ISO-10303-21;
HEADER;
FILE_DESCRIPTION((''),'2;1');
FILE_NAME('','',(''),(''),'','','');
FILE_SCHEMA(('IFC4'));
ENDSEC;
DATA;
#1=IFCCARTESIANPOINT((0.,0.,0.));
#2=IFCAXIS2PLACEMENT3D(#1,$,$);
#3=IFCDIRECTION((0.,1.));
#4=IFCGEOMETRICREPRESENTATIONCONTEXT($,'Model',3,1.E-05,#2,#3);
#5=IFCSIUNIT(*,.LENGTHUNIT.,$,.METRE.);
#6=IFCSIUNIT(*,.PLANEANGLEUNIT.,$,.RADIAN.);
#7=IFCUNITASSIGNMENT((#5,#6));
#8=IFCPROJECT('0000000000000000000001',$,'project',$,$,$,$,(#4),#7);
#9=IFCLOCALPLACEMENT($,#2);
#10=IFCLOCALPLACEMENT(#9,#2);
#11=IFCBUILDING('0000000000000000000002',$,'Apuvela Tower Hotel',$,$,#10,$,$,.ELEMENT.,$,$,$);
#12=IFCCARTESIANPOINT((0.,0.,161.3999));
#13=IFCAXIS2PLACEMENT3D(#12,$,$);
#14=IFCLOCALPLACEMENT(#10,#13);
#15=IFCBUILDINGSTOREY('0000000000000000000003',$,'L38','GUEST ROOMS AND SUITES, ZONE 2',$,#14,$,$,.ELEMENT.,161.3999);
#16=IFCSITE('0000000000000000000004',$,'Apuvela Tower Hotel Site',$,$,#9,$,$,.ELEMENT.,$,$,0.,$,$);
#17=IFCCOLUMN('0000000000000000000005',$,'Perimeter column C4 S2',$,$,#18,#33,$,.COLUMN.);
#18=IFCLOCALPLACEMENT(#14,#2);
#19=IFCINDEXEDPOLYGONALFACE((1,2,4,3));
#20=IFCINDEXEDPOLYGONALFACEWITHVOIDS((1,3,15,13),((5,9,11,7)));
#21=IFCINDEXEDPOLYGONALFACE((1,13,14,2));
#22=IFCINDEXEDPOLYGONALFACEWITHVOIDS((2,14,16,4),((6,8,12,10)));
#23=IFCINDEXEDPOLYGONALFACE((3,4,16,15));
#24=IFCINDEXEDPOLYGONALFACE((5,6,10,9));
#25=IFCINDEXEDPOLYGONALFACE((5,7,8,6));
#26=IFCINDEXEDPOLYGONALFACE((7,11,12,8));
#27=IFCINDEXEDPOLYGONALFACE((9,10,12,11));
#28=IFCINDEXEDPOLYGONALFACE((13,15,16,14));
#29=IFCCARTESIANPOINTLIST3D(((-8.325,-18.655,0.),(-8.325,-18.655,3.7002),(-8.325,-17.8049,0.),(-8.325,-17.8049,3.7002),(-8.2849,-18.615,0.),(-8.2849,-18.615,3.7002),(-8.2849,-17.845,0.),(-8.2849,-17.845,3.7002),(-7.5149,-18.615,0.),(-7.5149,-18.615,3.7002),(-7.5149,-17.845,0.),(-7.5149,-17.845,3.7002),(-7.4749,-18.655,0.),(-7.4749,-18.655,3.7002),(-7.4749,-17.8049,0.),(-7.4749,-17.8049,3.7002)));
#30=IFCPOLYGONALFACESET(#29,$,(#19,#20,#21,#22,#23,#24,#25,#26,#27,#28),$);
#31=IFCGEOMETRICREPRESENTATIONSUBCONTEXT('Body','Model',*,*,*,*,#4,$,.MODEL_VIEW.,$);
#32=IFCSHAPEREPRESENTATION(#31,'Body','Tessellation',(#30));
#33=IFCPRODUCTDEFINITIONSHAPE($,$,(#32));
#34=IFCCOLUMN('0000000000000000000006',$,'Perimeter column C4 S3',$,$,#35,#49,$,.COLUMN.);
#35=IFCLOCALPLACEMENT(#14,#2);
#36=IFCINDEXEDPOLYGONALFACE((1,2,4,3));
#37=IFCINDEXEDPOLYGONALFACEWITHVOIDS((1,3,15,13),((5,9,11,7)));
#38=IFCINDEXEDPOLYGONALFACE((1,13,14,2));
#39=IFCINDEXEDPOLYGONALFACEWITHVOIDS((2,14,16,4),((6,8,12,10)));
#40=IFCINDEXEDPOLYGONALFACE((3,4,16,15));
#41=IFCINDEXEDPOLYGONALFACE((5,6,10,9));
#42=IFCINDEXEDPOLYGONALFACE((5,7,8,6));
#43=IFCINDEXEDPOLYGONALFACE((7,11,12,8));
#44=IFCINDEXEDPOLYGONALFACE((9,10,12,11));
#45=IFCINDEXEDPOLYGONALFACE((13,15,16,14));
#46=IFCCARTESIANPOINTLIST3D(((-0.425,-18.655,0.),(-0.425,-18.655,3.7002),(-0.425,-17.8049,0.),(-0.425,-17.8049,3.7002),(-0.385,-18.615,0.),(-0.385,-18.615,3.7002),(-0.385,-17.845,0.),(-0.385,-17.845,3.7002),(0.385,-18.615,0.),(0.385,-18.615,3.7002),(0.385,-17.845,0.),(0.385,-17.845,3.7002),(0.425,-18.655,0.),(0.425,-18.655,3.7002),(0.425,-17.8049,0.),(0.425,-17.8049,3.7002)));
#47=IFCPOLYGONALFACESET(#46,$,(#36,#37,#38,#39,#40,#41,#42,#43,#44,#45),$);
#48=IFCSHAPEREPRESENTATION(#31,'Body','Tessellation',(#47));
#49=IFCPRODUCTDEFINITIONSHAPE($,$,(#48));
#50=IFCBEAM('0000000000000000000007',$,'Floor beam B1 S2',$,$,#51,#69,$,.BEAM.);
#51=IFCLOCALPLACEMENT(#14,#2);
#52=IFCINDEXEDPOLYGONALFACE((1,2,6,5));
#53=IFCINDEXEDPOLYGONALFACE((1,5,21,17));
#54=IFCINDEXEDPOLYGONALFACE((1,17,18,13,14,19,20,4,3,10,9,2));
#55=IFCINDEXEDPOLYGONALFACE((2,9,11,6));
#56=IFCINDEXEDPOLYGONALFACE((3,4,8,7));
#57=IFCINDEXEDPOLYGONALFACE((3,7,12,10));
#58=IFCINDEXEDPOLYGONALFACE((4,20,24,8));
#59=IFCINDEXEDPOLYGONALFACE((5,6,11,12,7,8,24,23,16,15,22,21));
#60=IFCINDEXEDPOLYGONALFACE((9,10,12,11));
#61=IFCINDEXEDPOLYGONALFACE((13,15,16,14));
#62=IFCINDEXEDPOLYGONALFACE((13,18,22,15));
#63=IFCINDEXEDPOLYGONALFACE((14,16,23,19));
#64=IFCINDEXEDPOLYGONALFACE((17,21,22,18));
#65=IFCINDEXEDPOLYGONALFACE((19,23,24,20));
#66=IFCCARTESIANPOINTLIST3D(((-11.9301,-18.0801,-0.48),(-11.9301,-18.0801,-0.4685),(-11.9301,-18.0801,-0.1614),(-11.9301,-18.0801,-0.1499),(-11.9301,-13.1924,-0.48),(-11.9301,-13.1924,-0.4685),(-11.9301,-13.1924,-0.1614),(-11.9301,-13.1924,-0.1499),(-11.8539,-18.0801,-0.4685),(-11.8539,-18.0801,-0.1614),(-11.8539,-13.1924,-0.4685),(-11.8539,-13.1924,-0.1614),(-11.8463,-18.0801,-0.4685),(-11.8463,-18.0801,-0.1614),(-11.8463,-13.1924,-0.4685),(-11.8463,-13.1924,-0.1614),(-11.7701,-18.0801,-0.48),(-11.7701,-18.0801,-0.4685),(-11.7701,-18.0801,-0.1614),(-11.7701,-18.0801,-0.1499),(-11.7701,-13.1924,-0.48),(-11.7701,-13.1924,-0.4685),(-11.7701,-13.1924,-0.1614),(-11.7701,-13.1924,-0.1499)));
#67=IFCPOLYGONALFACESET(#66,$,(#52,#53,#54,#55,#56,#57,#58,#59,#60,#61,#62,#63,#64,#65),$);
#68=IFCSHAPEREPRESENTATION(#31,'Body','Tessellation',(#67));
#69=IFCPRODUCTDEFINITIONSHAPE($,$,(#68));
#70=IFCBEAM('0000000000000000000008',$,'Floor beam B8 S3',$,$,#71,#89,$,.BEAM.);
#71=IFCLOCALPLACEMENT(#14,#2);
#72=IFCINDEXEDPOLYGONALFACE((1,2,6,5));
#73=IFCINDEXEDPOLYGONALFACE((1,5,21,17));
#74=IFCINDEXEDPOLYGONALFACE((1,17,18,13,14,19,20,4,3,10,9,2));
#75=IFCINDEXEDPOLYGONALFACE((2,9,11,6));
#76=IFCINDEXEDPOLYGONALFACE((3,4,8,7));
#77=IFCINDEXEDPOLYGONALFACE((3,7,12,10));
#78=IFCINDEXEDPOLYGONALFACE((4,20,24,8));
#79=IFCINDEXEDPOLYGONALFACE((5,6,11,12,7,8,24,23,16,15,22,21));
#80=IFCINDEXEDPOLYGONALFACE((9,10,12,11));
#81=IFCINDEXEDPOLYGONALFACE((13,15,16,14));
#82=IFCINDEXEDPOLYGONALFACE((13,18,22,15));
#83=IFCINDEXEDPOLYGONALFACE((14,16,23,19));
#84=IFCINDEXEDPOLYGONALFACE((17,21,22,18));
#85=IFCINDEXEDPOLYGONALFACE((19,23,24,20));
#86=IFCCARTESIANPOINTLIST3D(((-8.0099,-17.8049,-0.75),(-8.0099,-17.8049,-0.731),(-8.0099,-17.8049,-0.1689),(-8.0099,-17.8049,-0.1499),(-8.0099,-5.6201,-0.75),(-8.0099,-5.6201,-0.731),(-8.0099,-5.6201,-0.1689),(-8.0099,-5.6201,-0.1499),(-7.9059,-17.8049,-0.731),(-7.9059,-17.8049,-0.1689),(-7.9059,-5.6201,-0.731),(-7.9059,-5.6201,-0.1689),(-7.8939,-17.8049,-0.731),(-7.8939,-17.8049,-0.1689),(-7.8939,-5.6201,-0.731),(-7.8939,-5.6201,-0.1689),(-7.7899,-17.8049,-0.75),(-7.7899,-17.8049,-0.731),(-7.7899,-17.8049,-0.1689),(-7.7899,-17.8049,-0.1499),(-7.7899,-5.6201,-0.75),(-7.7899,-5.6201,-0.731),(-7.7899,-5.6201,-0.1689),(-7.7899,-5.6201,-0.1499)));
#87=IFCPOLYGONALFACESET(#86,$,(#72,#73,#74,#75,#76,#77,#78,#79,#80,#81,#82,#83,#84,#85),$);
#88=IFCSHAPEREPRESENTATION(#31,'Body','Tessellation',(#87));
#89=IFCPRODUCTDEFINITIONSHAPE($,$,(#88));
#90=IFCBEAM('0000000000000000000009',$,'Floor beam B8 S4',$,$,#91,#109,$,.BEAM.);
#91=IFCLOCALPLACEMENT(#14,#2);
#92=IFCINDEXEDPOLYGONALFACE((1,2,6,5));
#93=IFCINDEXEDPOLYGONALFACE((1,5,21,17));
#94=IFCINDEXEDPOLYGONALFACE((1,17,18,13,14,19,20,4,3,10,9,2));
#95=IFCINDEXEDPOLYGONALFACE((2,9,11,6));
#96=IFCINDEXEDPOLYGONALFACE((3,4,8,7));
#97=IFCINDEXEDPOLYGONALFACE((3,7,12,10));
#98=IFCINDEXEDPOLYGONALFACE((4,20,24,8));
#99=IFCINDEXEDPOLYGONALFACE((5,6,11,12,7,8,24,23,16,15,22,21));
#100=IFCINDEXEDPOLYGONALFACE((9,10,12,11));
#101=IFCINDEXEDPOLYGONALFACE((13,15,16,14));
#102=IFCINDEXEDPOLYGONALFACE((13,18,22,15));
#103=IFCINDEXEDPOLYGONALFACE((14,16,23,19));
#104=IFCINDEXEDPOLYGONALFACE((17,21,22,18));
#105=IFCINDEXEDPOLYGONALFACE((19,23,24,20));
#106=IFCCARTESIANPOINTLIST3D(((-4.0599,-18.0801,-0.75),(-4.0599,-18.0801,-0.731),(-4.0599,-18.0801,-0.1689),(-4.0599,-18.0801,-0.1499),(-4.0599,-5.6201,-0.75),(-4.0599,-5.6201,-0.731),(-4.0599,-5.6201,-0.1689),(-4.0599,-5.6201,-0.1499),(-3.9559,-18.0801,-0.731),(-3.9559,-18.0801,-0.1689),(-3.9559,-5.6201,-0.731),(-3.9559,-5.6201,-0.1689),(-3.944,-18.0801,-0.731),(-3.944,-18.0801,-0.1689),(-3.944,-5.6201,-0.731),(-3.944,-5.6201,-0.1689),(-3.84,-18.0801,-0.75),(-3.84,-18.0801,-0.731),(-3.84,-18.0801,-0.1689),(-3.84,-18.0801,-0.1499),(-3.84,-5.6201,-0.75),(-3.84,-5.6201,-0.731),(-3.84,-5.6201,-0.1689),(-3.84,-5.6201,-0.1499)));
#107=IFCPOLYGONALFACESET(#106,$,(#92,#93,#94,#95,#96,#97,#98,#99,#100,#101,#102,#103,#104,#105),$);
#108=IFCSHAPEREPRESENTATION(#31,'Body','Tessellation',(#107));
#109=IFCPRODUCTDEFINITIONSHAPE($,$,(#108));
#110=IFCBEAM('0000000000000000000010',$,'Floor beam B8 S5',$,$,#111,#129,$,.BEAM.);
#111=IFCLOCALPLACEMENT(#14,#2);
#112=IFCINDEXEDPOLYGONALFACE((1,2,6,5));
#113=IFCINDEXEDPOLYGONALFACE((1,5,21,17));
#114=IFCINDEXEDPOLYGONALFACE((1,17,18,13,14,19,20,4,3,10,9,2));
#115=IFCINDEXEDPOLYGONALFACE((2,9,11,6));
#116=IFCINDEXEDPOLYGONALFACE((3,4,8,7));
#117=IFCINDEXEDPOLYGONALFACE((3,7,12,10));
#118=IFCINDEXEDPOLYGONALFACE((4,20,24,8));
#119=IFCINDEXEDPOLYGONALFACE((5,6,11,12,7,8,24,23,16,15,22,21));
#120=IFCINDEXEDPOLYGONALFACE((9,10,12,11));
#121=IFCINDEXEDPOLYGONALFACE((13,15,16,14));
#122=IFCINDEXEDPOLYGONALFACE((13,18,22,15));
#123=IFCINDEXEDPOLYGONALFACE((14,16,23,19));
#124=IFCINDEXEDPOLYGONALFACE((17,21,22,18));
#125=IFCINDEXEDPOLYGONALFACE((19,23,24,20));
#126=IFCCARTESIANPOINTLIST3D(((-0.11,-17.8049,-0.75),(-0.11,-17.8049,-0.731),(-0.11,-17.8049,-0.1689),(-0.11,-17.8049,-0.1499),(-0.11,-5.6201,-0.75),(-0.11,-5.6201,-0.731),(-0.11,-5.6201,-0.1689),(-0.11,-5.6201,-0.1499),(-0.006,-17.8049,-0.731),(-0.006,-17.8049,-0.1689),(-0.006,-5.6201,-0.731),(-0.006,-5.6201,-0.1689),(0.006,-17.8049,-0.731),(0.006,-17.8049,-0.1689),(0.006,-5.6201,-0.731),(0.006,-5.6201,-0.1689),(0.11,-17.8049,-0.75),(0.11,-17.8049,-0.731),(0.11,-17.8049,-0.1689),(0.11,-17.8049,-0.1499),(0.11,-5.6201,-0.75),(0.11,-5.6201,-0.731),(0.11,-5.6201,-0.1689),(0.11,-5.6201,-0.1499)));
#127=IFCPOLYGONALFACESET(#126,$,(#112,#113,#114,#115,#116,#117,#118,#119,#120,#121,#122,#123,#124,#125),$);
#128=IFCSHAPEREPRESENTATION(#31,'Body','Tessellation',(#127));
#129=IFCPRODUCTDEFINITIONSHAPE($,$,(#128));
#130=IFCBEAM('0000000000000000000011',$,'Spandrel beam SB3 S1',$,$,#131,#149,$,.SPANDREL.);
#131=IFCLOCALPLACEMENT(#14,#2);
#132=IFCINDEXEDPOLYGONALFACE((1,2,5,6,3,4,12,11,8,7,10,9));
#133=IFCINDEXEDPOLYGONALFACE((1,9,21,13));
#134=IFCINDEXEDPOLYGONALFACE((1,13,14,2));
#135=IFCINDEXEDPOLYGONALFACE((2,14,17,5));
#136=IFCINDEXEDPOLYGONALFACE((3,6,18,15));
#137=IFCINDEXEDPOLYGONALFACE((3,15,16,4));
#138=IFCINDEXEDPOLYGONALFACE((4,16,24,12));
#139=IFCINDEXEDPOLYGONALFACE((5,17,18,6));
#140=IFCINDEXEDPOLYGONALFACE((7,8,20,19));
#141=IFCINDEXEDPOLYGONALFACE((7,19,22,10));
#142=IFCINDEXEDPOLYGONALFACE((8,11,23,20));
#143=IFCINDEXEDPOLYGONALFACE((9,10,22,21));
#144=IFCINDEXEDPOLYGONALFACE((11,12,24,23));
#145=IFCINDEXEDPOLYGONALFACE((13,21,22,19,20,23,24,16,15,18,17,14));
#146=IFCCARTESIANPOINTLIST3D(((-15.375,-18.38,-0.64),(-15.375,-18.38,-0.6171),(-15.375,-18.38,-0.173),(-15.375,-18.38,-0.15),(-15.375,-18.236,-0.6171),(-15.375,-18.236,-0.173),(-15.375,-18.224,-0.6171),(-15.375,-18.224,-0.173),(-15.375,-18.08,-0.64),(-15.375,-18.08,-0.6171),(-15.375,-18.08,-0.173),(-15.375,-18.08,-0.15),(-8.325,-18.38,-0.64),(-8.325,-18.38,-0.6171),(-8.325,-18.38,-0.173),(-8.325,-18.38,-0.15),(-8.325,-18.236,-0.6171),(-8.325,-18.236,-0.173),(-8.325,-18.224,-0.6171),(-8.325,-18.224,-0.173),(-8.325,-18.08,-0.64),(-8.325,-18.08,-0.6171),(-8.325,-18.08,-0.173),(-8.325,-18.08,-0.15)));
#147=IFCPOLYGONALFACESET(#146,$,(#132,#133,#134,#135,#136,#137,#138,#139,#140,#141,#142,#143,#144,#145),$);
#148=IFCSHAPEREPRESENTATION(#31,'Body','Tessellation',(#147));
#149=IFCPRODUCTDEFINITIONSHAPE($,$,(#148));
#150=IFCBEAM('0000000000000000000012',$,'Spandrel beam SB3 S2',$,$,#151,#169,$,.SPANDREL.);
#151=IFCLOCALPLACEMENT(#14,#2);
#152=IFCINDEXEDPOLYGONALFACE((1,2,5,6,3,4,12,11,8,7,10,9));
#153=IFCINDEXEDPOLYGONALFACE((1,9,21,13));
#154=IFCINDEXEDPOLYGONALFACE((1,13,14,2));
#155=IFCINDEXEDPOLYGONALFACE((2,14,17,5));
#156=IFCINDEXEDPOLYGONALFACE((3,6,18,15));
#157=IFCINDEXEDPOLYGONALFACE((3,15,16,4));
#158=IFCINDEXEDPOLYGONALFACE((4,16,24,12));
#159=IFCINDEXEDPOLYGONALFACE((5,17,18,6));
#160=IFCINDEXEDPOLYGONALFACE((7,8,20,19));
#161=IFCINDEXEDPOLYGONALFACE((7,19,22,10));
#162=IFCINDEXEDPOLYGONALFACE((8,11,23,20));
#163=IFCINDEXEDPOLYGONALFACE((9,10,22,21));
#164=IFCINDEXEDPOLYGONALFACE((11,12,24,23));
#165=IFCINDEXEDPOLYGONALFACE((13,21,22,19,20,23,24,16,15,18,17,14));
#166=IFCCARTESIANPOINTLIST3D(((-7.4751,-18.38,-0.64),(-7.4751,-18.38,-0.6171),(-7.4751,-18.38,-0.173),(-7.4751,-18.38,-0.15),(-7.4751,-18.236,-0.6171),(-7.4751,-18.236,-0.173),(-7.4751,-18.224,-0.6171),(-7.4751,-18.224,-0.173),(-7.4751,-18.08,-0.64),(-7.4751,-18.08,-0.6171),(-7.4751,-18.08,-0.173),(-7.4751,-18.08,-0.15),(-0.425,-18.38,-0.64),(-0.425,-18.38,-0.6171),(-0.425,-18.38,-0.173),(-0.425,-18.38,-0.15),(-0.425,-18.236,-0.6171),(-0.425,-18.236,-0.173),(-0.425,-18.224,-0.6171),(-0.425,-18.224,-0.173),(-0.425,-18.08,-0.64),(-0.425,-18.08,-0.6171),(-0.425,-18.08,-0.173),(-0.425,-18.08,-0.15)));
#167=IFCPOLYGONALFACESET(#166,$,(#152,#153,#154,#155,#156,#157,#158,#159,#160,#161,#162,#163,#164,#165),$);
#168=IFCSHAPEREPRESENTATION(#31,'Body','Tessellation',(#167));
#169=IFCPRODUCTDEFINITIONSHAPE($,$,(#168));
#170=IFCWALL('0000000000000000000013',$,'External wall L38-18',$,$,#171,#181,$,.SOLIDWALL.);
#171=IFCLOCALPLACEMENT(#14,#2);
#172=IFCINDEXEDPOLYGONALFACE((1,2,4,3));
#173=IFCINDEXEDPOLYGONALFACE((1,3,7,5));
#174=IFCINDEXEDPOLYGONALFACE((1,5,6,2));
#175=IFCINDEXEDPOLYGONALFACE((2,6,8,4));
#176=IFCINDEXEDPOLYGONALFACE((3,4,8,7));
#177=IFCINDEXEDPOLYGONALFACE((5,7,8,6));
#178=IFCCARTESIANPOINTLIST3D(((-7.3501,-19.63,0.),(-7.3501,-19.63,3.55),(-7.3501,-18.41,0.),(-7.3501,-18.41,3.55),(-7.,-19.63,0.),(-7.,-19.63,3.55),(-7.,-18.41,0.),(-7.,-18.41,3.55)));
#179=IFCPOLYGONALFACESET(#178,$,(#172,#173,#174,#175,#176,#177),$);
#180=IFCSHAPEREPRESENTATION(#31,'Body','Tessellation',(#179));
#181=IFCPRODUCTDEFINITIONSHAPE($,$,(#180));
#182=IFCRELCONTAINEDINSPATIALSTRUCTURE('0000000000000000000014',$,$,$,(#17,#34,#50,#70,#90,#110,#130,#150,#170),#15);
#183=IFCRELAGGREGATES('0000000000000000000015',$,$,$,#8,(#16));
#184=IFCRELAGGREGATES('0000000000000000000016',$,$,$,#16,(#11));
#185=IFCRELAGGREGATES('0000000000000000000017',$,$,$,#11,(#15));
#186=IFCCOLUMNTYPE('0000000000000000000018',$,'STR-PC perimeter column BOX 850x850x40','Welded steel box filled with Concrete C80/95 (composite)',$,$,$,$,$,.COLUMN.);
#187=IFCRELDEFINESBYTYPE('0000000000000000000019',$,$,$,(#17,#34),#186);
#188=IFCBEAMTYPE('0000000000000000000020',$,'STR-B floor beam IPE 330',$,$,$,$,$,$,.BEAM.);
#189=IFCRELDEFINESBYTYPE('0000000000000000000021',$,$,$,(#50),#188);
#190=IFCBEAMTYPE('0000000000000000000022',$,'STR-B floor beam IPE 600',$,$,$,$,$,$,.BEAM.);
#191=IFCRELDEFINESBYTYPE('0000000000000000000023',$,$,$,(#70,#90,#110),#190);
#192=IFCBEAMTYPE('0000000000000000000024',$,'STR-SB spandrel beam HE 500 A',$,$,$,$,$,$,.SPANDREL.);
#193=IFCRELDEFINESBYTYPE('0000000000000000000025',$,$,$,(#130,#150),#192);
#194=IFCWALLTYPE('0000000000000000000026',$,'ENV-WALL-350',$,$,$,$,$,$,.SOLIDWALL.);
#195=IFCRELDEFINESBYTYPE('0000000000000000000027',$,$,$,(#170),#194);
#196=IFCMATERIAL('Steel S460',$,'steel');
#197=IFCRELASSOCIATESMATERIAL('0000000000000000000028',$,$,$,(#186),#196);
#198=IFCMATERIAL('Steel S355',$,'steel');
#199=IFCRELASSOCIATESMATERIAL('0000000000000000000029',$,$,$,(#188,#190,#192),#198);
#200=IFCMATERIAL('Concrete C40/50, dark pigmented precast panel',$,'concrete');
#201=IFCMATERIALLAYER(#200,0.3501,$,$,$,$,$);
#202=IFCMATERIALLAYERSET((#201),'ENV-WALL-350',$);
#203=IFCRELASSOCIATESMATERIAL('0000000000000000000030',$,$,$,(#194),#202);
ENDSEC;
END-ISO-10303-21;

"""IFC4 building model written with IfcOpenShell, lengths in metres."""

from ifc_helpers import new_model, si_unit, direction, frame, frame_2d, origin, origin_2d, place, context, subcontext, project, spatial, rectangle, hollow_rectangle, i_section, extrude, material, layer, layer_set, material_profile, profile_set, type_object, element, save


model = new_model("IFC4")

# Units and contexts
model_context = context("Model", 3, precision=1e-05, world=origin(), true_north=direction((0.0, 1.0)))
body_context = subcontext(model_context, "Body", "Model", "MODEL_VIEW")
ifc_project = project(units=[si_unit("LENGTHUNIT", "METRE"), si_unit("PLANEANGLEUNIT", "RADIAN")], contexts=[model_context])

# Site, building, storey
site_placement = place(None, origin())
site = spatial("IfcSite", under=ifc_project, at=site_placement, Name="Apuvela Tower Hotel Site", CompositionType="ELEMENT", RefElevation=0.0)
building_placement = place(site_placement, origin())
building = spatial("IfcBuilding", under=site, at=building_placement, Name="Apuvela Tower Hotel", CompositionType="ELEMENT")
storey_placement = place(building_placement, frame((0.0, 0.0, 161.3999)))
storey = spatial("IfcBuildingStorey", under=building, at=storey_placement, Name="L38", Description="GUEST ROOMS AND SUITES, ZONE 2", CompositionType="ELEMENT", Elevation=161.3999)

# Columns
ifc_material_1 = material(Name="Steel S460", Category="steel")
ifc_material_profile_1 = material_profile(ifc_material_1, hollow_rectangle(XDim=0.8501, YDim=0.8501, WallThickness=0.04, at=origin_2d()), Name="BOX 850x850x40")
ifc_material_2 = material(Name="Concrete C80/95", Category="concrete")
ifc_material_profile_2 = material_profile(ifc_material_2, rectangle(XDim=0.77, YDim=0.77, at=origin_2d()), Name="Concrete C80/95 infill")
ifc_profile_set_1 = profile_set([ifc_material_profile_1, ifc_material_profile_2], Name="Steel S460")
column_type = type_object("IfcColumnType", Name="STR-PC perimeter column BOX 850x850x40", Description="Welded steel box filled with Concrete C80/95 (composite)", PredefinedType="COLUMN", material=ifc_profile_set_1)
for number, where, z_axis, x_axis, name in (
    (1, (-7.8999, -18.23, 0.0), (0.0, 0.0, 1.0), (-1.0, 0.0, 0.0), "Perimeter column C4 S2"),
    (2, (0.0, -18.23, 0.0), (0.0, 0.0, 1.0), (-1.0, 0.0, 0.0), "Perimeter column C4 S3"),
):
    element("IfcColumn", number, at=place(storey_placement, frame(where, z_axis=z_axis, x_axis=x_axis)), inside=storey, type_object=column_type, Name=name, PredefinedType="COLUMN", context=body_context, shape_type="SweptSolid", body=[
        extrude(hollow_rectangle(XDim=0.8501, YDim=0.8501, WallThickness=0.04, at=origin_2d()), origin(), (0.0, 0.0, 1.0), 3.7002),
    ])

# Beams
ifc_material_3 = material(Name="Steel S355", Category="steel")
ifc_material_profile_3 = material_profile(ifc_material_3, i_section(OverallWidth=0.1599, OverallDepth=0.3301, WebThickness=0.0076, FlangeThickness=0.0115, at=origin_2d()), Name="IPE 330")
ifc_profile_set_2 = profile_set([ifc_material_profile_3], Name="Steel S355")
beam_type_1 = type_object("IfcBeamType", Name="STR-B floor beam IPE 330", PredefinedType="BEAM", material=ifc_profile_set_2)
beam_1_placement = place(storey_placement, frame((-11.8501, -18.0801, -0.3149), z_axis=(0.0, 1.0, 0.0), x_axis=(-1.0, 0.0, 0.0)))
element("IfcBeam", 3, at=beam_1_placement, inside=storey, type_object=beam_type_1, Name="Floor beam B1 S2", PredefinedType="BEAM", context=body_context, shape_type="SweptSolid", body=[
    extrude(i_section(OverallWidth=0.1599, OverallDepth=0.3301, WebThickness=0.0076, FlangeThickness=0.0115, at=origin_2d()), origin(), (0.0, 0.0, 1.0), 4.8877),
])
ifc_material_profile_4 = material_profile(ifc_material_3, i_section(OverallWidth=0.22, OverallDepth=0.6001, WebThickness=0.012, FlangeThickness=0.019, at=origin_2d()), Name="IPE 600")
ifc_profile_set_3 = profile_set([ifc_material_profile_4], Name="Steel S355")
beam_type_2 = type_object("IfcBeamType", Name="STR-B floor beam IPE 600", PredefinedType="BEAM", material=ifc_profile_set_3)
beam_2_placement = place(storey_placement, frame((-7.8999, -17.8049, -0.45), z_axis=(0.0, 1.0, 0.0), x_axis=(-1.0, 0.0, 0.0)))
element("IfcBeam", 4, at=beam_2_placement, inside=storey, type_object=beam_type_2, Name="Floor beam B8 S3", PredefinedType="BEAM", context=body_context, shape_type="SweptSolid", body=[
    extrude(i_section(OverallWidth=0.22, OverallDepth=0.6001, WebThickness=0.012, FlangeThickness=0.019, at=origin_2d()), origin(), (0.0, 0.0, 1.0), 12.1848),
])
beam_3_placement = place(storey_placement, frame((-3.95, -18.0801, -0.45), z_axis=(0.0, 1.0, 0.0), x_axis=(-1.0, 0.0, 0.0)))
element("IfcBeam", 5, at=beam_3_placement, inside=storey, type_object=beam_type_2, Name="Floor beam B8 S4", PredefinedType="BEAM", context=body_context, shape_type="SweptSolid", body=[
    extrude(i_section(OverallWidth=0.22, OverallDepth=0.6001, WebThickness=0.012, FlangeThickness=0.019, at=origin_2d()), origin(), (0.0, 0.0, 1.0), 12.46),
])
beam_4_placement = place(storey_placement, frame((0.0, -17.8049, -0.45), z_axis=(0.0, 1.0, 0.0), x_axis=(-1.0, 0.0, 0.0)))
element("IfcBeam", 6, at=beam_4_placement, inside=storey, type_object=beam_type_2, Name="Floor beam B8 S5", PredefinedType="BEAM", context=body_context, shape_type="SweptSolid", body=[
    extrude(i_section(OverallWidth=0.22, OverallDepth=0.6001, WebThickness=0.012, FlangeThickness=0.019, at=origin_2d()), origin(), (0.0, 0.0, 1.0), 12.1848),
])
ifc_material_profile_5 = material_profile(ifc_material_3, i_section(OverallWidth=0.3, OverallDepth=0.49, WebThickness=0.012, FlangeThickness=0.0229, at=origin_2d()), Name="HE 500 A")
ifc_profile_set_4 = profile_set([ifc_material_profile_5], Name="Steel S355")
beam_type_3 = type_object("IfcBeamType", Name="STR-SB spandrel beam HE 500 A", PredefinedType="SPANDREL", material=ifc_profile_set_4)
for number, where, z_axis, x_axis, name in (
    (7, (-15.375, -18.23, -0.395), (1.0, 0.0, 0.0), (0.0, 1.0, 0.0), "Spandrel beam SB3 S1"),
    (8, (-7.4751, -18.23, -0.395), (1.0, 0.0, 0.0), (0.0, 1.0, 0.0), "Spandrel beam SB3 S2"),
):
    element("IfcBeam", number, at=place(storey_placement, frame(where, z_axis=z_axis, x_axis=x_axis)), inside=storey, type_object=beam_type_3, Name=name, PredefinedType="SPANDREL", context=body_context, shape_type="SweptSolid", body=[
        extrude(i_section(OverallWidth=0.3, OverallDepth=0.49, WebThickness=0.012, FlangeThickness=0.0229, at=origin_2d()), origin(), (0.0, 0.0, 1.0), 7.05),
    ])

# Wall
ifc_material_4 = material(Name="Concrete C40/50, dark pigmented precast panel", Category="concrete")
ifc_layer_1 = layer(ifc_material_4, 0.3501)
ifc_layer_set_1 = layer_set([ifc_layer_1], Name="ENV-WALL-350")
wall_type_1 = type_object("IfcWallType", Name="ENV-WALL-350", PredefinedType="SOLIDWALL", material=ifc_layer_set_1)
wall_1_placement = place(storey_placement, frame((-7.175, -19.6299, 0.0), z_axis=(0.0, 0.0, 1.0), x_axis=(0.0, 1.0, 0.0)))
element("IfcWall", 9, at=wall_1_placement, inside=storey, type_object=wall_type_1, Name="External wall L38-18", PredefinedType="SOLIDWALL", context=body_context, shape_type="SweptSolid", body=[
    extrude(rectangle(XDim=1.22, YDim=0.3501, at=frame_2d((0.6099, 0.0))), origin(), (0.0, 0.0, 1.0), 3.55),
])

save(model, "model.ifc")
